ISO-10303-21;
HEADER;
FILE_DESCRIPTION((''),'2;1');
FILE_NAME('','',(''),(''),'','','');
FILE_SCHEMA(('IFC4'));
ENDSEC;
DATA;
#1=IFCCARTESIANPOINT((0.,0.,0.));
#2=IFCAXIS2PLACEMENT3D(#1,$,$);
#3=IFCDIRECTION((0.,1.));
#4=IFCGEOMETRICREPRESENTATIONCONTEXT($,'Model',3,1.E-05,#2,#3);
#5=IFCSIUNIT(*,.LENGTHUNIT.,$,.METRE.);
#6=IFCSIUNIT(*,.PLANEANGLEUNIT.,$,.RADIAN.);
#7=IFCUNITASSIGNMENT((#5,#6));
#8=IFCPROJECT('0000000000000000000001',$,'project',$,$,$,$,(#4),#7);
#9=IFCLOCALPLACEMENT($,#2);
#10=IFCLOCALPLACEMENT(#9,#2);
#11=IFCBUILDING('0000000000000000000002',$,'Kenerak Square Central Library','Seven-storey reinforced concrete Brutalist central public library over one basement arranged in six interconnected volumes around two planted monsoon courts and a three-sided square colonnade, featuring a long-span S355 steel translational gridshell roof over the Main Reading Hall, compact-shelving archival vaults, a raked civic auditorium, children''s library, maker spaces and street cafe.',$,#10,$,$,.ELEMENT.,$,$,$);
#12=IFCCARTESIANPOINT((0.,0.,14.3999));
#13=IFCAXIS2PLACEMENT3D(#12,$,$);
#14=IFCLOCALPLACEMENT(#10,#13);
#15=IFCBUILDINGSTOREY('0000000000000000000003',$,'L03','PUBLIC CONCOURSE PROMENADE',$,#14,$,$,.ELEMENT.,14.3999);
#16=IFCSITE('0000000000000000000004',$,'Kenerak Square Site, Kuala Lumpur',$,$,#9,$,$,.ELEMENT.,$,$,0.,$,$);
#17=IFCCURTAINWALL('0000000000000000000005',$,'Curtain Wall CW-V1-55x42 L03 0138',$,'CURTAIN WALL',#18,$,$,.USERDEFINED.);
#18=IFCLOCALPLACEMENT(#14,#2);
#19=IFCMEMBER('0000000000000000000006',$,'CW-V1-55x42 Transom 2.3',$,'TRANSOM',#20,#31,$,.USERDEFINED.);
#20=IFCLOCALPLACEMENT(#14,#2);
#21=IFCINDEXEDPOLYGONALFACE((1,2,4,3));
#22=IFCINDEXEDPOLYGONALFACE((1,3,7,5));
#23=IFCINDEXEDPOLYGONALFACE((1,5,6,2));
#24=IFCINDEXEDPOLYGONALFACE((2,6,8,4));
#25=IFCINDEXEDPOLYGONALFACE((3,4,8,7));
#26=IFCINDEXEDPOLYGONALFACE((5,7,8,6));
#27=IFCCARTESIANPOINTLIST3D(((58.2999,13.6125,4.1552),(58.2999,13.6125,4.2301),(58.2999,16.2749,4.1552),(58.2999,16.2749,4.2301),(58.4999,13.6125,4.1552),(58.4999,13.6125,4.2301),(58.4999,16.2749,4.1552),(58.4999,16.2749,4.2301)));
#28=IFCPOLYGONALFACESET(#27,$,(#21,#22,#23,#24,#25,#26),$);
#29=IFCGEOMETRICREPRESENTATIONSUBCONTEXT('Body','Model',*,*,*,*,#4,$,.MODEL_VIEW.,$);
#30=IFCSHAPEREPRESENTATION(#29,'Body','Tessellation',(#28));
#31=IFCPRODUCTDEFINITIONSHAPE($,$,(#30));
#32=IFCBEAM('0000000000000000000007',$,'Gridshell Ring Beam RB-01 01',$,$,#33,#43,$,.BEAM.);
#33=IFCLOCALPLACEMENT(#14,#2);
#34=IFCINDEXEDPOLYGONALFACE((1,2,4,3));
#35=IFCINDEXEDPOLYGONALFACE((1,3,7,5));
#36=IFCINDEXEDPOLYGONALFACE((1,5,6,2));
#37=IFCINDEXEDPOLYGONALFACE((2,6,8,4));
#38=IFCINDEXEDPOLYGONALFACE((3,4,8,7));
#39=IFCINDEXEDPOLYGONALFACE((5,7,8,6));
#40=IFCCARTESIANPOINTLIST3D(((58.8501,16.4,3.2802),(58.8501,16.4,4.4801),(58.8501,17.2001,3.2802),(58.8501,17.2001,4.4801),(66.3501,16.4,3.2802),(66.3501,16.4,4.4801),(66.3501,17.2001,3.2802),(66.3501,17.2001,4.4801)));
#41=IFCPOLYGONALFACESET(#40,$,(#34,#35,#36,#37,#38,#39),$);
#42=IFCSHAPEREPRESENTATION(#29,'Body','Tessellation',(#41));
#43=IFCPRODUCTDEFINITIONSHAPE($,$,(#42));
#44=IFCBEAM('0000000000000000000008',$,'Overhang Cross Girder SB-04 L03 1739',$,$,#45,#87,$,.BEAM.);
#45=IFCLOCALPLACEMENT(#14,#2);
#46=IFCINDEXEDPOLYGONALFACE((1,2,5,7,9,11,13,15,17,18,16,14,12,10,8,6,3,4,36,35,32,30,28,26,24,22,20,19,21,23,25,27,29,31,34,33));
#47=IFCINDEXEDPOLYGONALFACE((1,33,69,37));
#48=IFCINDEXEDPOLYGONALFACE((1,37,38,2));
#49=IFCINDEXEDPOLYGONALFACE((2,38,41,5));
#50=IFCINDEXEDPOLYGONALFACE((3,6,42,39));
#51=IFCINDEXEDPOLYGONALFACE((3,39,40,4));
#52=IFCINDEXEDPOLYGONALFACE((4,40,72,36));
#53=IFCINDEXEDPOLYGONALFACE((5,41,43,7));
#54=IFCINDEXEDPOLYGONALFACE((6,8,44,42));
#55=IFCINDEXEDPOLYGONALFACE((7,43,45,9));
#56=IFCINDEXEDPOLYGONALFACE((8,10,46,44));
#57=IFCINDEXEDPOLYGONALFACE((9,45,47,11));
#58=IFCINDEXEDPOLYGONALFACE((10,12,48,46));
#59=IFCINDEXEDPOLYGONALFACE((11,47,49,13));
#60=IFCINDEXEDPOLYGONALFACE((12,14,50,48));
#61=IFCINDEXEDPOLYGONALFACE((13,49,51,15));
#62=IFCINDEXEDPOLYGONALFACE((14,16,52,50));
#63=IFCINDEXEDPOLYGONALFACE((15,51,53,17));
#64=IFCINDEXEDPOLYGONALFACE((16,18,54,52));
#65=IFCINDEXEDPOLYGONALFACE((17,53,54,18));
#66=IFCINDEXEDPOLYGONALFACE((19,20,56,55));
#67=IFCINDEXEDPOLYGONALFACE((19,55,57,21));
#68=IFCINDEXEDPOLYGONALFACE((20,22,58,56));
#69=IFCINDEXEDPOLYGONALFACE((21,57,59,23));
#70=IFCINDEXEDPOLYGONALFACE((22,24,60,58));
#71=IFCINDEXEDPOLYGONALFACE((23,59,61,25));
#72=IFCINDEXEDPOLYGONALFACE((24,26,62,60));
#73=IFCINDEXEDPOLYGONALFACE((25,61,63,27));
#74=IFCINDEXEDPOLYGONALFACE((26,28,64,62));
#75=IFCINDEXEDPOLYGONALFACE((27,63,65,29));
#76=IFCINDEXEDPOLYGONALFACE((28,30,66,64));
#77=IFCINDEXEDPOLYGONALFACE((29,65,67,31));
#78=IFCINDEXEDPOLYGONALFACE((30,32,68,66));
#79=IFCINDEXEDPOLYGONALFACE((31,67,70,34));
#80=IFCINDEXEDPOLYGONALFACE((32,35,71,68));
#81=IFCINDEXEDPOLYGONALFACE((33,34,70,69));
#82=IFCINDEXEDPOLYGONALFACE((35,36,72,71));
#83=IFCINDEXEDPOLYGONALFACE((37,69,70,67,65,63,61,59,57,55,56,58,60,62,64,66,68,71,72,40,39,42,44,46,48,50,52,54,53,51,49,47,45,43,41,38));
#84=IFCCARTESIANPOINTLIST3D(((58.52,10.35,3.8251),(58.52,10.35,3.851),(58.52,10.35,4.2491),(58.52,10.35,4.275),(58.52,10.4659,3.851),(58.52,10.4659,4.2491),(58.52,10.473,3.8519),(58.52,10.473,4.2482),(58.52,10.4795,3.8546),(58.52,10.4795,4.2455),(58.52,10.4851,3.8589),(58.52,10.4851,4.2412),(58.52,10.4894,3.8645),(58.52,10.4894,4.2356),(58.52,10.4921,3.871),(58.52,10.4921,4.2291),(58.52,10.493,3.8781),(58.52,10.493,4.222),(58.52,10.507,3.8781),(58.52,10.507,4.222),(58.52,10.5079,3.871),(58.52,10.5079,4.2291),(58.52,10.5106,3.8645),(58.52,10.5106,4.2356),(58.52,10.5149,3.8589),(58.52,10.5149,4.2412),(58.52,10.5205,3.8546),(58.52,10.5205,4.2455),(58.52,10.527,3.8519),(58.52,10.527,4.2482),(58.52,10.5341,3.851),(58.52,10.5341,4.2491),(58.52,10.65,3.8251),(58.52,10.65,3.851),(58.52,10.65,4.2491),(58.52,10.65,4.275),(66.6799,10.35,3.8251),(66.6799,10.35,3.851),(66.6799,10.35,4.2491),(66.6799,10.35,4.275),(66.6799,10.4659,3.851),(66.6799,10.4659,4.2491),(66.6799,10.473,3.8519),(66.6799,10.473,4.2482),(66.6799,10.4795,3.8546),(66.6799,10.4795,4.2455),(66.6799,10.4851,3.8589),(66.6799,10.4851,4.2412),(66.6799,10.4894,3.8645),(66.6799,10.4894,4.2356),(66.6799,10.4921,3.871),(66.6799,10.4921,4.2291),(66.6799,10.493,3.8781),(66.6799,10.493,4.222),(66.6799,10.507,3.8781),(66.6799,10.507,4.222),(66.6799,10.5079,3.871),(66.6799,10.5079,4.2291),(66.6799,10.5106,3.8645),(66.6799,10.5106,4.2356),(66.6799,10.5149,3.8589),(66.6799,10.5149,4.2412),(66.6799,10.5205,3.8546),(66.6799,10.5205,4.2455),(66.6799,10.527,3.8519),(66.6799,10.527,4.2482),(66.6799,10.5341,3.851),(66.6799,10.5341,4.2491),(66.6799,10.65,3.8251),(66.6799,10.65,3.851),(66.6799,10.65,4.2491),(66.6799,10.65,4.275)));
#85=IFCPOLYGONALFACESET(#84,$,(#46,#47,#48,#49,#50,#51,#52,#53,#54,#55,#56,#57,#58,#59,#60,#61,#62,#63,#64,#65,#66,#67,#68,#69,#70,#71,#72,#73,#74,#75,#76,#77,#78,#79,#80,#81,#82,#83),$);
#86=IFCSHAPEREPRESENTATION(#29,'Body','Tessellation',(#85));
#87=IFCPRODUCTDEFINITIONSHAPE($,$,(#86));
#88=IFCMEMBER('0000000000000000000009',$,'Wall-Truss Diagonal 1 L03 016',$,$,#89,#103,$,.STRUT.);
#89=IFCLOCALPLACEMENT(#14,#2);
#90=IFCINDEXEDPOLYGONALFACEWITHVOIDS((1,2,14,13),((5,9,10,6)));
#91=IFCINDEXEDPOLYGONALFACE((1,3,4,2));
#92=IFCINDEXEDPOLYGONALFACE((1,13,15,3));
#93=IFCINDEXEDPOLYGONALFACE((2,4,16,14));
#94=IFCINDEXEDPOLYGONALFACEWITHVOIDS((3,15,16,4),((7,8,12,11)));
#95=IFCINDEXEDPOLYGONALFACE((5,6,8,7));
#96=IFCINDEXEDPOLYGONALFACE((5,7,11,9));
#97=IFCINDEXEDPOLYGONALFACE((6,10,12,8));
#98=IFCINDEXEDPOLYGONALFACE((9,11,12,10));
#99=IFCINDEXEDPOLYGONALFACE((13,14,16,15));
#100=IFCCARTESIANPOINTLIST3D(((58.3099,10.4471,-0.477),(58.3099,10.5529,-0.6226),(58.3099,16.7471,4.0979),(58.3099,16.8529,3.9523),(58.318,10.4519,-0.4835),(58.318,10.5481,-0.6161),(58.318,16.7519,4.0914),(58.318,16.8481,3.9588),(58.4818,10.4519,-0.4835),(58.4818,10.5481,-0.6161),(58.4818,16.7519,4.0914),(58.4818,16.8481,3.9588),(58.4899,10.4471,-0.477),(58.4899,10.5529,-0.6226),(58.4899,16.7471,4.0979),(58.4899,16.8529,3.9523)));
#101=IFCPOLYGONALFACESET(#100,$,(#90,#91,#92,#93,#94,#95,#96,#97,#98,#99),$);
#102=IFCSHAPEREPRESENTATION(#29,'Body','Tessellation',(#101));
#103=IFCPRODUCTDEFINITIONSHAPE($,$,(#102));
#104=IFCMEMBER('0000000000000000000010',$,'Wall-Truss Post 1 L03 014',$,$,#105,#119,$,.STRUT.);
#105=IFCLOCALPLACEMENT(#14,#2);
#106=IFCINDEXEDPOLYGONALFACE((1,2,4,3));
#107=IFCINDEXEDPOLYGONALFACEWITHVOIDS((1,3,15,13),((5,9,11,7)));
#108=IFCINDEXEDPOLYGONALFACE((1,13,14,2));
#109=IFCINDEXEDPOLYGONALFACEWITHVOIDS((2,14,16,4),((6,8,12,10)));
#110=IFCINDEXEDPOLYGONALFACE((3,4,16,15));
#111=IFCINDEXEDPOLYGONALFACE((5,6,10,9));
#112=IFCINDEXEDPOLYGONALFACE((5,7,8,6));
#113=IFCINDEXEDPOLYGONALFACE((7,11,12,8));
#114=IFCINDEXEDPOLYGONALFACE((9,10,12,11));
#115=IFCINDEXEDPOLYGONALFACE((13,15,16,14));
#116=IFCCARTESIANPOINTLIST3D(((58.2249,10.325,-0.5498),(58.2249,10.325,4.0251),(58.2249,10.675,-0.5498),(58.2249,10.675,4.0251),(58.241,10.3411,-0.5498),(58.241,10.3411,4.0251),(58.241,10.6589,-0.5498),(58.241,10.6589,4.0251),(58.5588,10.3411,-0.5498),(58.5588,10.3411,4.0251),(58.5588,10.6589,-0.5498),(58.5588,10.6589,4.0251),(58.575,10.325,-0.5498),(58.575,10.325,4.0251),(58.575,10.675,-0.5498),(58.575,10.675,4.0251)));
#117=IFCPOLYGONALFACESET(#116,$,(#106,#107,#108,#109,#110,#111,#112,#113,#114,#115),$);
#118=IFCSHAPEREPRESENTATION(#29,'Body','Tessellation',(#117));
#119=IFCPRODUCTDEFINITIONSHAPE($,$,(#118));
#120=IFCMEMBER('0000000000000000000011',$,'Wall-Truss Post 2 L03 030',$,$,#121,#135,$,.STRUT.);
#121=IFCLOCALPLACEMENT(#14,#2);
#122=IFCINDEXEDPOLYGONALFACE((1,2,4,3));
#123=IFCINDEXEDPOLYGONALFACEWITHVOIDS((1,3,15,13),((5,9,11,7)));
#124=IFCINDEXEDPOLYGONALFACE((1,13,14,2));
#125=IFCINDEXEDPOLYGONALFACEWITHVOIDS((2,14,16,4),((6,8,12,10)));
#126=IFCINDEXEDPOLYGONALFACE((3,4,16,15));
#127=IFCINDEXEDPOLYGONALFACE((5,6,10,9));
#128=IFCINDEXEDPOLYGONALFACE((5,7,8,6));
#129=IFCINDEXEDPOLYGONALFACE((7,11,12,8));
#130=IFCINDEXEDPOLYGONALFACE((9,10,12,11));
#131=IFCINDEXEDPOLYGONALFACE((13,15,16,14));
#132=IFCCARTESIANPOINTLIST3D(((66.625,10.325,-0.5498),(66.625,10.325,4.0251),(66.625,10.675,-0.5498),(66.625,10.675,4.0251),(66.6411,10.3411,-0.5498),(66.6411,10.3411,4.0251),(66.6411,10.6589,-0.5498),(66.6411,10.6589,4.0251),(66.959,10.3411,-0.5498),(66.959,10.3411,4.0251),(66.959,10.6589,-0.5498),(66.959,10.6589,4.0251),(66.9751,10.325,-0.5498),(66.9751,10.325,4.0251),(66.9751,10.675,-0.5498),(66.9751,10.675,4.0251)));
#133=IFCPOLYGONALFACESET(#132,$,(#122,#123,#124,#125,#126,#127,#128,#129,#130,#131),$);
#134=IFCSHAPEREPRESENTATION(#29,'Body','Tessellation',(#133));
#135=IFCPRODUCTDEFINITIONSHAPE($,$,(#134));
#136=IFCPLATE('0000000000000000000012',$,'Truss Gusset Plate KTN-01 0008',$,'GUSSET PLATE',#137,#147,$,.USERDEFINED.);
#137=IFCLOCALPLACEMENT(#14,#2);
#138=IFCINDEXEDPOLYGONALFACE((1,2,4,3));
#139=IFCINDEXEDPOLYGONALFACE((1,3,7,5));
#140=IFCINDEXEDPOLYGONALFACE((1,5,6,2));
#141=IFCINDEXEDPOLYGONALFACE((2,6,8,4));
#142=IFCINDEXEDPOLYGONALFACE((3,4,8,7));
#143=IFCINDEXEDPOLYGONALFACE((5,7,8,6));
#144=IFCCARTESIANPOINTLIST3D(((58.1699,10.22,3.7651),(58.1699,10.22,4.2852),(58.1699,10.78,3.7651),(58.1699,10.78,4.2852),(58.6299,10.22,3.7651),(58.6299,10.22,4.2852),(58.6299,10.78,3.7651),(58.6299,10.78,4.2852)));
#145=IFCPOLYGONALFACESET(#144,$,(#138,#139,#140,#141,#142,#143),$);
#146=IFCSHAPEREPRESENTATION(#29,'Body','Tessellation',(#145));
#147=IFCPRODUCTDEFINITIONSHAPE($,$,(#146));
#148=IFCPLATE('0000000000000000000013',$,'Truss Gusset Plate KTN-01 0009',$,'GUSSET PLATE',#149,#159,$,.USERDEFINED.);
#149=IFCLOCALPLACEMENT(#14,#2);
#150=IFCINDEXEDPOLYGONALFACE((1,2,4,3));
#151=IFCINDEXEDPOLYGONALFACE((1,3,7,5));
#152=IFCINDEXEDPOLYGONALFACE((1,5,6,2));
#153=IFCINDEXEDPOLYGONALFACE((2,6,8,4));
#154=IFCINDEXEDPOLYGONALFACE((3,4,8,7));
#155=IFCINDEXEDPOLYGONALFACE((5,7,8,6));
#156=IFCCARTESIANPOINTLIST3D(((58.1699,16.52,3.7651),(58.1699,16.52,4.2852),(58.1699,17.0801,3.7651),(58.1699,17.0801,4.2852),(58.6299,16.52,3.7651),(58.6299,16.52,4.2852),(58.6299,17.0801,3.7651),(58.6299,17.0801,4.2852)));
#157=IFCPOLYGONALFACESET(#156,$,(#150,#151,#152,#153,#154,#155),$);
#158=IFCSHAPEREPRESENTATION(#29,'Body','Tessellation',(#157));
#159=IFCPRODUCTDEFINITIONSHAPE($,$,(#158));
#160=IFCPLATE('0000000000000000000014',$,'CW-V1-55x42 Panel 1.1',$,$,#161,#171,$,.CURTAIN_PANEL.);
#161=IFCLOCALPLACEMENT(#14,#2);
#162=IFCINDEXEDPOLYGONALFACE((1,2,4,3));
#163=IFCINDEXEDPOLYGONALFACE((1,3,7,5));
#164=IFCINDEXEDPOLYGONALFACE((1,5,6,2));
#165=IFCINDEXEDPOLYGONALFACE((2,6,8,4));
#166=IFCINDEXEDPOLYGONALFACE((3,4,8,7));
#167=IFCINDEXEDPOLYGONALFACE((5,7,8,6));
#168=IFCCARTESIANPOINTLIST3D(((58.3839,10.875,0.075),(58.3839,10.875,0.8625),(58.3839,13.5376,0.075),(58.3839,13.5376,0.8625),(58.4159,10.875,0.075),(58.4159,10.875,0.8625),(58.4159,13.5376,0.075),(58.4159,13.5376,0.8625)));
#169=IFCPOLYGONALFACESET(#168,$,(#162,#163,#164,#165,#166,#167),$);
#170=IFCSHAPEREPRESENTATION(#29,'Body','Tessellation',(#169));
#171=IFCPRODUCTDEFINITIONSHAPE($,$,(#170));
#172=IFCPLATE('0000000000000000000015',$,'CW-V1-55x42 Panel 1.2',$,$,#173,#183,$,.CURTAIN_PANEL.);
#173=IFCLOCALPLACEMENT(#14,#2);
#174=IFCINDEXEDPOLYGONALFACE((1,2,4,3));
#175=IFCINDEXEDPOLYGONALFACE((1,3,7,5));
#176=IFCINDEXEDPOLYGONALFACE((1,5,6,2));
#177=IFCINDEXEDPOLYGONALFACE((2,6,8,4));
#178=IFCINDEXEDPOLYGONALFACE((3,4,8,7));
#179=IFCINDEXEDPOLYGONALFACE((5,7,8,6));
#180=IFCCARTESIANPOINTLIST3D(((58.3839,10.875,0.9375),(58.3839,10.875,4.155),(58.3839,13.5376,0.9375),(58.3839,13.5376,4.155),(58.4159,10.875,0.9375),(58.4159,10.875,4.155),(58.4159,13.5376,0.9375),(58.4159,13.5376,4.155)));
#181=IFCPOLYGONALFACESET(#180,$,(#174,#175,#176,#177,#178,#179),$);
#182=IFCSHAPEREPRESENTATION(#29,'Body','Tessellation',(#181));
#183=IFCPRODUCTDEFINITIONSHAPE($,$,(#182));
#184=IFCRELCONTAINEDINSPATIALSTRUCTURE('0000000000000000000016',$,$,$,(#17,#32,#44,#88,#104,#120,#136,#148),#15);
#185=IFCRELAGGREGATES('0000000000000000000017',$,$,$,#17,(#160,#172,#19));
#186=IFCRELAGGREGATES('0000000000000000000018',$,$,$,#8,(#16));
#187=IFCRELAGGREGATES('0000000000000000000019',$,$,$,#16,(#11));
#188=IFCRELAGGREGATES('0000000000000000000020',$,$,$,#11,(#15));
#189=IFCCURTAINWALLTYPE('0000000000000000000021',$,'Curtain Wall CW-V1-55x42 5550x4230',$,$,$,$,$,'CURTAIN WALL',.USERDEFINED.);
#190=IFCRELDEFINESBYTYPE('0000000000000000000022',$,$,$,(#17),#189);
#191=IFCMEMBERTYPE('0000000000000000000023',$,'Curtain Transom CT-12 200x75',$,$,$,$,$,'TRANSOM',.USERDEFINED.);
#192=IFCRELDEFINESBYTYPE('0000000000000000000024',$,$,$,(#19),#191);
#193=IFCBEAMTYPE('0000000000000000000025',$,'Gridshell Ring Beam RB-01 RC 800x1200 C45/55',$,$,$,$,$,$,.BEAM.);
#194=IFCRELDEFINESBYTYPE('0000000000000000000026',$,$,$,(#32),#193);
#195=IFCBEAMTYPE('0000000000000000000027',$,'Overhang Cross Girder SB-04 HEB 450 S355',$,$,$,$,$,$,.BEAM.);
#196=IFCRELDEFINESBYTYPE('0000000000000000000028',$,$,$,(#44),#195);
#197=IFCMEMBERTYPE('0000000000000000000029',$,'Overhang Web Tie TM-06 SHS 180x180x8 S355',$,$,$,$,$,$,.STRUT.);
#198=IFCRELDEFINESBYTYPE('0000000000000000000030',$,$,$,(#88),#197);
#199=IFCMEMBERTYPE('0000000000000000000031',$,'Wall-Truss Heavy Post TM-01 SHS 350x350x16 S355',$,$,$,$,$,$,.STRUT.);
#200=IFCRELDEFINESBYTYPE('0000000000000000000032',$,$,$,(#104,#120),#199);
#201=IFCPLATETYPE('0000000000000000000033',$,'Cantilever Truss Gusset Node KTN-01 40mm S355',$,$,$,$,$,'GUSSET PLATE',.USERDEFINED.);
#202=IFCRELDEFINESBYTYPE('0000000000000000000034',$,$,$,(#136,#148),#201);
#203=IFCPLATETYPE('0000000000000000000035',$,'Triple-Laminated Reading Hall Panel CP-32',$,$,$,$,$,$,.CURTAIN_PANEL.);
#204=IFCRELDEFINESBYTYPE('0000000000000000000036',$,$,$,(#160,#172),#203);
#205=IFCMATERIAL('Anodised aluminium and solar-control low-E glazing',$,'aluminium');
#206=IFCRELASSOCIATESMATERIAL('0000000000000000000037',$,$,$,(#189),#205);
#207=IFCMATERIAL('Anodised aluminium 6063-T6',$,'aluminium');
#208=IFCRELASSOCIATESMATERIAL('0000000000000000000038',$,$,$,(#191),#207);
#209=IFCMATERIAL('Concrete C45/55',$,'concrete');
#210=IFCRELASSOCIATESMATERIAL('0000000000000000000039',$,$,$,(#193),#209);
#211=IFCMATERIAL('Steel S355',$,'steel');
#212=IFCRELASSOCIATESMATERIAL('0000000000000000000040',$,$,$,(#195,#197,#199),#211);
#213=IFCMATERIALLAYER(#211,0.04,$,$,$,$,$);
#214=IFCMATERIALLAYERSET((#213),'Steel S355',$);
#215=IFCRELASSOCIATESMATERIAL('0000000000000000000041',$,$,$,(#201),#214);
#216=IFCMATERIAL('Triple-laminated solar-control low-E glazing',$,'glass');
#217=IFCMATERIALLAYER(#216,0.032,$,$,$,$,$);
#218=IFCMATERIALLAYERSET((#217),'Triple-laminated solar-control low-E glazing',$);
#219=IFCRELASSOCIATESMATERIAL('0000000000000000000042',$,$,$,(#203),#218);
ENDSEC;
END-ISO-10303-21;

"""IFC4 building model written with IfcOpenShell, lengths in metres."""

from ifc_helpers import new_model, si_unit, direction, frame, origin, origin_2d, place, context, subcontext, project, spatial, rectangle, hollow_rectangle, i_section, extrude, material, layer, layer_set, material_profile, profile_set, type_object, element, aggregate, save


model = new_model("IFC4")

# Units and contexts
model_context = context("Model", 3, precision=1e-05, world=origin(), true_north=direction((0.0, 1.0)))
body_context = subcontext(model_context, "Body", "Model", "MODEL_VIEW")
ifc_project = project(units=[si_unit("LENGTHUNIT", "METRE"), si_unit("PLANEANGLEUNIT", "RADIAN")], contexts=[model_context])

# Site, building, storey
site_placement = place(None, origin())
site = spatial("IfcSite", under=ifc_project, at=site_placement, Name="Kenerak Square Site, Kuala Lumpur", CompositionType="ELEMENT", RefElevation=0.0)
building_placement = place(site_placement, origin())
building = spatial("IfcBuilding", under=site, at=building_placement, Name="Kenerak Square Central Library", Description="Seven-storey reinforced concrete Brutalist central public library over one basement arranged in six interconnected volumes around two planted monsoon courts and a three-sided square colonnade, featuring a long-span S355 steel translational gridshell roof over the Main Reading Hall, compact-shelving archival vaults, a raked civic auditorium, children's library, maker spaces and street cafe.", CompositionType="ELEMENT")
storey_placement = place(building_placement, frame((0.0, 0.0, 14.3999)))
storey = spatial("IfcBuildingStorey", under=building, at=storey_placement, Name="L03", Description="PUBLIC CONCOURSE PROMENADE", CompositionType="ELEMENT", Elevation=14.3999)

# Shared definitions
ifc_material_1 = material(Name="Concrete C45/55", Category="concrete")

# Shared definitions
ifc_material_2 = material(Name="Steel S355", Category="steel")

# Shared definitions
ifc_material_3 = material(Name="Anodised aluminium and solar-control low-E glazing", Category="aluminium")
ifc_material_4 = material(Name="Anodised aluminium 6063-T6", Category="aluminium")

# Curtain wall, member
curtain_wall_type_1 = type_object("IfcCurtainWallType", Name="Curtain Wall CW-V1-55x42 5550x4230", ElementType="CURTAIN WALL", PredefinedType="USERDEFINED", material=ifc_material_3)
curtain_wall_1_placement = place(storey_placement, origin())
curtain_wall_1 = element("IfcCurtainWall", 1, at=curtain_wall_1_placement, inside=storey, type_object=curtain_wall_type_1, Name="Curtain Wall CW-V1-55x42 L03 0138", ObjectType="CURTAIN WALL", PredefinedType="USERDEFINED")
ifc_material_profile_1 = material_profile(ifc_material_4, rectangle(XDim=0.2, YDim=0.075, at=origin_2d()), Name="AL TRANSOM 200x75")
ifc_profile_set_1 = profile_set([ifc_material_profile_1], Name="Anodised aluminium 6063-T6")
member_type_1 = type_object("IfcMemberType", Name="Curtain Transom CT-12 200x75", ElementType="TRANSOM", PredefinedType="USERDEFINED", material=ifc_profile_set_1)
member_1_placement = place(storey_placement, frame((58.3999, 13.6125, 4.1926), z_axis=(0.0, 1.0, 0.0), x_axis=(-1.0, 0.0, 0.0)))
member_1 = element("IfcMember", 2, at=member_1_placement, type_object=member_type_1, Name="CW-V1-55x42 Transom 2.3", ObjectType="TRANSOM", PredefinedType="USERDEFINED", context=body_context, shape_type="SweptSolid", body=[
    extrude(rectangle(XDim=0.2, YDim=0.075, at=origin_2d()), origin(), (0.0, 0.0, 1.0), 2.6624),
])

# Beams
ifc_material_profile_2 = material_profile(ifc_material_1, rectangle(XDim=0.8, YDim=1.2, at=origin_2d()), Name="RC 800x1200")
ifc_profile_set_2 = profile_set([ifc_material_profile_2], Name="Concrete C45/55")
beam_type_1 = type_object("IfcBeamType", Name="Gridshell Ring Beam RB-01 RC 800x1200 C45/55", PredefinedType="BEAM", material=ifc_profile_set_2)
beam_1_placement = place(storey_placement, frame((58.8501, 16.8, 3.8801), z_axis=(1.0, 0.0, 0.0), x_axis=(0.0, 1.0, 0.0)))
element("IfcBeam", 3, at=beam_1_placement, inside=storey, type_object=beam_type_1, Name="Gridshell Ring Beam RB-01 01", PredefinedType="BEAM", context=body_context, shape_type="SweptSolid", body=[
    extrude(rectangle(XDim=0.8, YDim=1.2, at=origin_2d()), origin(), (0.0, 0.0, 1.0), 7.5),
])
ifc_material_profile_3 = material_profile(ifc_material_2, i_section(OverallWidth=0.3, OverallDepth=0.45, WebThickness=0.0139, FlangeThickness=0.0259, FilletRadius=0.0271, at=origin_2d()), Name="HEB 450")
ifc_profile_set_3 = profile_set([ifc_material_profile_3], Name="Steel S355")
beam_type_2 = type_object("IfcBeamType", Name="Overhang Cross Girder SB-04 HEB 450 S355", PredefinedType="BEAM", material=ifc_profile_set_3)
beam_2_placement = place(storey_placement, frame((58.52, 10.5, 4.05), z_axis=(1.0, 0.0, 0.0), x_axis=(0.0, 1.0, 0.0)))
element("IfcBeam", 4, at=beam_2_placement, inside=storey, type_object=beam_type_2, Name="Overhang Cross Girder SB-04 L03 1739", PredefinedType="BEAM", context=body_context, shape_type="SweptSolid", body=[
    extrude(i_section(OverallWidth=0.3, OverallDepth=0.45, WebThickness=0.0139, FlangeThickness=0.0259, FilletRadius=0.0271, at=origin_2d()), origin(), (0.0, 0.0, 1.0), 8.1599),
])

# Members
ifc_material_profile_4 = material_profile(ifc_material_2, hollow_rectangle(XDim=0.1799, YDim=0.1799, WallThickness=0.0081, at=origin_2d()), Name="SHS 180x180x8.0")
ifc_profile_set_4 = profile_set([ifc_material_profile_4], Name="Steel S355")
member_type_2 = type_object("IfcMemberType", Name="Overhang Web Tie TM-06 SHS 180x180x8 S355", PredefinedType="STRUT", material=ifc_profile_set_4)
member_2_placement = place(storey_placement, frame((58.3999, 10.5, -0.5498), z_axis=(0.0, 0.809158, 0.587592), x_axis=(-1.0, 0.0, 0.0)))
element("IfcMember", 5, at=member_2_placement, inside=storey, type_object=member_type_2, Name="Wall-Truss Diagonal 1 L03 016", PredefinedType="STRUT", context=body_context, shape_type="SweptSolid", body=[
    extrude(hollow_rectangle(XDim=0.1799, YDim=0.1799, WallThickness=0.0081, at=origin_2d()), origin(), (0.0, 0.0, 1.0), 7.7859),
])
ifc_material_profile_5 = material_profile(ifc_material_2, hollow_rectangle(XDim=0.3501, YDim=0.3501, WallThickness=0.0161, at=origin_2d()), Name="SHS 350x350x16.0")
ifc_profile_set_5 = profile_set([ifc_material_profile_5], Name="Steel S355")
member_type_3 = type_object("IfcMemberType", Name="Wall-Truss Heavy Post TM-01 SHS 350x350x16 S355", PredefinedType="STRUT", material=ifc_profile_set_5)
for number, where, z_axis, x_axis, name in (
    (6, (58.3999, 10.5, -0.5498), (0.0, 0.0, 1.0), (1.0, 0.0, 0.0), "Wall-Truss Post 1 L03 014"),
    (7, (66.8, 10.5, -0.5498), (0.0, 0.0, 1.0), (1.0, 0.0, 0.0), "Wall-Truss Post 2 L03 030"),
):
    element("IfcMember", number, at=place(storey_placement, frame(where, z_axis=z_axis, x_axis=x_axis)), inside=storey, type_object=member_type_3, Name=name, PredefinedType="STRUT", context=body_context, shape_type="SweptSolid", body=[
        extrude(hollow_rectangle(XDim=0.3501, YDim=0.3501, WallThickness=0.0161, at=origin_2d()), origin(), (0.0, 0.0, 1.0), 4.575),
    ])

# Plates
ifc_layer_1 = layer(ifc_material_2, 0.04)
ifc_layer_set_1 = layer_set([ifc_layer_1], Name="Steel S355")
plate_type_1 = type_object("IfcPlateType", Name="Cantilever Truss Gusset Node KTN-01 40mm S355", ElementType="GUSSET PLATE", PredefinedType="USERDEFINED", material=ifc_layer_set_1)
for number, where, z_axis, x_axis, name in (
    (8, (58.3999, 10.5, 3.7651), (0.0, 0.0, 1.0), (1.0, 0.0, 0.0), "Truss Gusset Plate KTN-01 0008"),
    (9, (58.3999, 16.8, 3.7651), (0.0, 0.0, 1.0), (1.0, 0.0, 0.0), "Truss Gusset Plate KTN-01 0009"),
):
    element("IfcPlate", number, at=place(storey_placement, frame(where, z_axis=z_axis, x_axis=x_axis)), inside=storey, type_object=plate_type_1, Name=name, ObjectType="GUSSET PLATE", PredefinedType="USERDEFINED", context=body_context, shape_type="SweptSolid", body=[
        extrude(rectangle(XDim=0.46, YDim=0.5601, at=origin_2d()), origin(), (0.0, 0.0, 1.0), 0.52),
    ])

# Plates
ifc_material_5 = material(Name="Triple-laminated solar-control low-E glazing", Category="glass")
ifc_layer_2 = layer(ifc_material_5, 0.032)
ifc_layer_set_2 = layer_set([ifc_layer_2], Name="Triple-laminated solar-control low-E glazing")
plate_type_2 = type_object("IfcPlateType", Name="Triple-Laminated Reading Hall Panel CP-32", PredefinedType="CURTAIN_PANEL", material=ifc_layer_set_2)
plate_1_placement = place(storey_placement, frame((58.3999, 12.2063, 0.075), z_axis=(0.0, 0.0, 1.0), x_axis=(0.0, 1.0, 0.0)))
plate_1 = element("IfcPlate", 10, at=plate_1_placement, type_object=plate_type_2, Name="CW-V1-55x42 Panel 1.1", PredefinedType="CURTAIN_PANEL", context=body_context, shape_type="SweptSolid", body=[
    extrude(rectangle(XDim=2.6626, YDim=0.032, at=origin_2d()), origin(), (0.0, 0.0, 1.0), 0.7876),
])
plate_2_placement = place(storey_placement, frame((58.3999, 12.2063, 0.9375), z_axis=(0.0, 0.0, 1.0), x_axis=(0.0, 1.0, 0.0)))
plate_2 = element("IfcPlate", 11, at=plate_2_placement, type_object=plate_type_2, Name="CW-V1-55x42 Panel 1.2", PredefinedType="CURTAIN_PANEL", context=body_context, shape_type="SweptSolid", body=[
    extrude(rectangle(XDim=2.6626, YDim=0.032, at=origin_2d()), origin(), (0.0, 0.0, 1.0), 3.2175),
])
aggregate(curtain_wall_1, [plate_1, plate_2, member_1])

save(model, "model.ifc")
